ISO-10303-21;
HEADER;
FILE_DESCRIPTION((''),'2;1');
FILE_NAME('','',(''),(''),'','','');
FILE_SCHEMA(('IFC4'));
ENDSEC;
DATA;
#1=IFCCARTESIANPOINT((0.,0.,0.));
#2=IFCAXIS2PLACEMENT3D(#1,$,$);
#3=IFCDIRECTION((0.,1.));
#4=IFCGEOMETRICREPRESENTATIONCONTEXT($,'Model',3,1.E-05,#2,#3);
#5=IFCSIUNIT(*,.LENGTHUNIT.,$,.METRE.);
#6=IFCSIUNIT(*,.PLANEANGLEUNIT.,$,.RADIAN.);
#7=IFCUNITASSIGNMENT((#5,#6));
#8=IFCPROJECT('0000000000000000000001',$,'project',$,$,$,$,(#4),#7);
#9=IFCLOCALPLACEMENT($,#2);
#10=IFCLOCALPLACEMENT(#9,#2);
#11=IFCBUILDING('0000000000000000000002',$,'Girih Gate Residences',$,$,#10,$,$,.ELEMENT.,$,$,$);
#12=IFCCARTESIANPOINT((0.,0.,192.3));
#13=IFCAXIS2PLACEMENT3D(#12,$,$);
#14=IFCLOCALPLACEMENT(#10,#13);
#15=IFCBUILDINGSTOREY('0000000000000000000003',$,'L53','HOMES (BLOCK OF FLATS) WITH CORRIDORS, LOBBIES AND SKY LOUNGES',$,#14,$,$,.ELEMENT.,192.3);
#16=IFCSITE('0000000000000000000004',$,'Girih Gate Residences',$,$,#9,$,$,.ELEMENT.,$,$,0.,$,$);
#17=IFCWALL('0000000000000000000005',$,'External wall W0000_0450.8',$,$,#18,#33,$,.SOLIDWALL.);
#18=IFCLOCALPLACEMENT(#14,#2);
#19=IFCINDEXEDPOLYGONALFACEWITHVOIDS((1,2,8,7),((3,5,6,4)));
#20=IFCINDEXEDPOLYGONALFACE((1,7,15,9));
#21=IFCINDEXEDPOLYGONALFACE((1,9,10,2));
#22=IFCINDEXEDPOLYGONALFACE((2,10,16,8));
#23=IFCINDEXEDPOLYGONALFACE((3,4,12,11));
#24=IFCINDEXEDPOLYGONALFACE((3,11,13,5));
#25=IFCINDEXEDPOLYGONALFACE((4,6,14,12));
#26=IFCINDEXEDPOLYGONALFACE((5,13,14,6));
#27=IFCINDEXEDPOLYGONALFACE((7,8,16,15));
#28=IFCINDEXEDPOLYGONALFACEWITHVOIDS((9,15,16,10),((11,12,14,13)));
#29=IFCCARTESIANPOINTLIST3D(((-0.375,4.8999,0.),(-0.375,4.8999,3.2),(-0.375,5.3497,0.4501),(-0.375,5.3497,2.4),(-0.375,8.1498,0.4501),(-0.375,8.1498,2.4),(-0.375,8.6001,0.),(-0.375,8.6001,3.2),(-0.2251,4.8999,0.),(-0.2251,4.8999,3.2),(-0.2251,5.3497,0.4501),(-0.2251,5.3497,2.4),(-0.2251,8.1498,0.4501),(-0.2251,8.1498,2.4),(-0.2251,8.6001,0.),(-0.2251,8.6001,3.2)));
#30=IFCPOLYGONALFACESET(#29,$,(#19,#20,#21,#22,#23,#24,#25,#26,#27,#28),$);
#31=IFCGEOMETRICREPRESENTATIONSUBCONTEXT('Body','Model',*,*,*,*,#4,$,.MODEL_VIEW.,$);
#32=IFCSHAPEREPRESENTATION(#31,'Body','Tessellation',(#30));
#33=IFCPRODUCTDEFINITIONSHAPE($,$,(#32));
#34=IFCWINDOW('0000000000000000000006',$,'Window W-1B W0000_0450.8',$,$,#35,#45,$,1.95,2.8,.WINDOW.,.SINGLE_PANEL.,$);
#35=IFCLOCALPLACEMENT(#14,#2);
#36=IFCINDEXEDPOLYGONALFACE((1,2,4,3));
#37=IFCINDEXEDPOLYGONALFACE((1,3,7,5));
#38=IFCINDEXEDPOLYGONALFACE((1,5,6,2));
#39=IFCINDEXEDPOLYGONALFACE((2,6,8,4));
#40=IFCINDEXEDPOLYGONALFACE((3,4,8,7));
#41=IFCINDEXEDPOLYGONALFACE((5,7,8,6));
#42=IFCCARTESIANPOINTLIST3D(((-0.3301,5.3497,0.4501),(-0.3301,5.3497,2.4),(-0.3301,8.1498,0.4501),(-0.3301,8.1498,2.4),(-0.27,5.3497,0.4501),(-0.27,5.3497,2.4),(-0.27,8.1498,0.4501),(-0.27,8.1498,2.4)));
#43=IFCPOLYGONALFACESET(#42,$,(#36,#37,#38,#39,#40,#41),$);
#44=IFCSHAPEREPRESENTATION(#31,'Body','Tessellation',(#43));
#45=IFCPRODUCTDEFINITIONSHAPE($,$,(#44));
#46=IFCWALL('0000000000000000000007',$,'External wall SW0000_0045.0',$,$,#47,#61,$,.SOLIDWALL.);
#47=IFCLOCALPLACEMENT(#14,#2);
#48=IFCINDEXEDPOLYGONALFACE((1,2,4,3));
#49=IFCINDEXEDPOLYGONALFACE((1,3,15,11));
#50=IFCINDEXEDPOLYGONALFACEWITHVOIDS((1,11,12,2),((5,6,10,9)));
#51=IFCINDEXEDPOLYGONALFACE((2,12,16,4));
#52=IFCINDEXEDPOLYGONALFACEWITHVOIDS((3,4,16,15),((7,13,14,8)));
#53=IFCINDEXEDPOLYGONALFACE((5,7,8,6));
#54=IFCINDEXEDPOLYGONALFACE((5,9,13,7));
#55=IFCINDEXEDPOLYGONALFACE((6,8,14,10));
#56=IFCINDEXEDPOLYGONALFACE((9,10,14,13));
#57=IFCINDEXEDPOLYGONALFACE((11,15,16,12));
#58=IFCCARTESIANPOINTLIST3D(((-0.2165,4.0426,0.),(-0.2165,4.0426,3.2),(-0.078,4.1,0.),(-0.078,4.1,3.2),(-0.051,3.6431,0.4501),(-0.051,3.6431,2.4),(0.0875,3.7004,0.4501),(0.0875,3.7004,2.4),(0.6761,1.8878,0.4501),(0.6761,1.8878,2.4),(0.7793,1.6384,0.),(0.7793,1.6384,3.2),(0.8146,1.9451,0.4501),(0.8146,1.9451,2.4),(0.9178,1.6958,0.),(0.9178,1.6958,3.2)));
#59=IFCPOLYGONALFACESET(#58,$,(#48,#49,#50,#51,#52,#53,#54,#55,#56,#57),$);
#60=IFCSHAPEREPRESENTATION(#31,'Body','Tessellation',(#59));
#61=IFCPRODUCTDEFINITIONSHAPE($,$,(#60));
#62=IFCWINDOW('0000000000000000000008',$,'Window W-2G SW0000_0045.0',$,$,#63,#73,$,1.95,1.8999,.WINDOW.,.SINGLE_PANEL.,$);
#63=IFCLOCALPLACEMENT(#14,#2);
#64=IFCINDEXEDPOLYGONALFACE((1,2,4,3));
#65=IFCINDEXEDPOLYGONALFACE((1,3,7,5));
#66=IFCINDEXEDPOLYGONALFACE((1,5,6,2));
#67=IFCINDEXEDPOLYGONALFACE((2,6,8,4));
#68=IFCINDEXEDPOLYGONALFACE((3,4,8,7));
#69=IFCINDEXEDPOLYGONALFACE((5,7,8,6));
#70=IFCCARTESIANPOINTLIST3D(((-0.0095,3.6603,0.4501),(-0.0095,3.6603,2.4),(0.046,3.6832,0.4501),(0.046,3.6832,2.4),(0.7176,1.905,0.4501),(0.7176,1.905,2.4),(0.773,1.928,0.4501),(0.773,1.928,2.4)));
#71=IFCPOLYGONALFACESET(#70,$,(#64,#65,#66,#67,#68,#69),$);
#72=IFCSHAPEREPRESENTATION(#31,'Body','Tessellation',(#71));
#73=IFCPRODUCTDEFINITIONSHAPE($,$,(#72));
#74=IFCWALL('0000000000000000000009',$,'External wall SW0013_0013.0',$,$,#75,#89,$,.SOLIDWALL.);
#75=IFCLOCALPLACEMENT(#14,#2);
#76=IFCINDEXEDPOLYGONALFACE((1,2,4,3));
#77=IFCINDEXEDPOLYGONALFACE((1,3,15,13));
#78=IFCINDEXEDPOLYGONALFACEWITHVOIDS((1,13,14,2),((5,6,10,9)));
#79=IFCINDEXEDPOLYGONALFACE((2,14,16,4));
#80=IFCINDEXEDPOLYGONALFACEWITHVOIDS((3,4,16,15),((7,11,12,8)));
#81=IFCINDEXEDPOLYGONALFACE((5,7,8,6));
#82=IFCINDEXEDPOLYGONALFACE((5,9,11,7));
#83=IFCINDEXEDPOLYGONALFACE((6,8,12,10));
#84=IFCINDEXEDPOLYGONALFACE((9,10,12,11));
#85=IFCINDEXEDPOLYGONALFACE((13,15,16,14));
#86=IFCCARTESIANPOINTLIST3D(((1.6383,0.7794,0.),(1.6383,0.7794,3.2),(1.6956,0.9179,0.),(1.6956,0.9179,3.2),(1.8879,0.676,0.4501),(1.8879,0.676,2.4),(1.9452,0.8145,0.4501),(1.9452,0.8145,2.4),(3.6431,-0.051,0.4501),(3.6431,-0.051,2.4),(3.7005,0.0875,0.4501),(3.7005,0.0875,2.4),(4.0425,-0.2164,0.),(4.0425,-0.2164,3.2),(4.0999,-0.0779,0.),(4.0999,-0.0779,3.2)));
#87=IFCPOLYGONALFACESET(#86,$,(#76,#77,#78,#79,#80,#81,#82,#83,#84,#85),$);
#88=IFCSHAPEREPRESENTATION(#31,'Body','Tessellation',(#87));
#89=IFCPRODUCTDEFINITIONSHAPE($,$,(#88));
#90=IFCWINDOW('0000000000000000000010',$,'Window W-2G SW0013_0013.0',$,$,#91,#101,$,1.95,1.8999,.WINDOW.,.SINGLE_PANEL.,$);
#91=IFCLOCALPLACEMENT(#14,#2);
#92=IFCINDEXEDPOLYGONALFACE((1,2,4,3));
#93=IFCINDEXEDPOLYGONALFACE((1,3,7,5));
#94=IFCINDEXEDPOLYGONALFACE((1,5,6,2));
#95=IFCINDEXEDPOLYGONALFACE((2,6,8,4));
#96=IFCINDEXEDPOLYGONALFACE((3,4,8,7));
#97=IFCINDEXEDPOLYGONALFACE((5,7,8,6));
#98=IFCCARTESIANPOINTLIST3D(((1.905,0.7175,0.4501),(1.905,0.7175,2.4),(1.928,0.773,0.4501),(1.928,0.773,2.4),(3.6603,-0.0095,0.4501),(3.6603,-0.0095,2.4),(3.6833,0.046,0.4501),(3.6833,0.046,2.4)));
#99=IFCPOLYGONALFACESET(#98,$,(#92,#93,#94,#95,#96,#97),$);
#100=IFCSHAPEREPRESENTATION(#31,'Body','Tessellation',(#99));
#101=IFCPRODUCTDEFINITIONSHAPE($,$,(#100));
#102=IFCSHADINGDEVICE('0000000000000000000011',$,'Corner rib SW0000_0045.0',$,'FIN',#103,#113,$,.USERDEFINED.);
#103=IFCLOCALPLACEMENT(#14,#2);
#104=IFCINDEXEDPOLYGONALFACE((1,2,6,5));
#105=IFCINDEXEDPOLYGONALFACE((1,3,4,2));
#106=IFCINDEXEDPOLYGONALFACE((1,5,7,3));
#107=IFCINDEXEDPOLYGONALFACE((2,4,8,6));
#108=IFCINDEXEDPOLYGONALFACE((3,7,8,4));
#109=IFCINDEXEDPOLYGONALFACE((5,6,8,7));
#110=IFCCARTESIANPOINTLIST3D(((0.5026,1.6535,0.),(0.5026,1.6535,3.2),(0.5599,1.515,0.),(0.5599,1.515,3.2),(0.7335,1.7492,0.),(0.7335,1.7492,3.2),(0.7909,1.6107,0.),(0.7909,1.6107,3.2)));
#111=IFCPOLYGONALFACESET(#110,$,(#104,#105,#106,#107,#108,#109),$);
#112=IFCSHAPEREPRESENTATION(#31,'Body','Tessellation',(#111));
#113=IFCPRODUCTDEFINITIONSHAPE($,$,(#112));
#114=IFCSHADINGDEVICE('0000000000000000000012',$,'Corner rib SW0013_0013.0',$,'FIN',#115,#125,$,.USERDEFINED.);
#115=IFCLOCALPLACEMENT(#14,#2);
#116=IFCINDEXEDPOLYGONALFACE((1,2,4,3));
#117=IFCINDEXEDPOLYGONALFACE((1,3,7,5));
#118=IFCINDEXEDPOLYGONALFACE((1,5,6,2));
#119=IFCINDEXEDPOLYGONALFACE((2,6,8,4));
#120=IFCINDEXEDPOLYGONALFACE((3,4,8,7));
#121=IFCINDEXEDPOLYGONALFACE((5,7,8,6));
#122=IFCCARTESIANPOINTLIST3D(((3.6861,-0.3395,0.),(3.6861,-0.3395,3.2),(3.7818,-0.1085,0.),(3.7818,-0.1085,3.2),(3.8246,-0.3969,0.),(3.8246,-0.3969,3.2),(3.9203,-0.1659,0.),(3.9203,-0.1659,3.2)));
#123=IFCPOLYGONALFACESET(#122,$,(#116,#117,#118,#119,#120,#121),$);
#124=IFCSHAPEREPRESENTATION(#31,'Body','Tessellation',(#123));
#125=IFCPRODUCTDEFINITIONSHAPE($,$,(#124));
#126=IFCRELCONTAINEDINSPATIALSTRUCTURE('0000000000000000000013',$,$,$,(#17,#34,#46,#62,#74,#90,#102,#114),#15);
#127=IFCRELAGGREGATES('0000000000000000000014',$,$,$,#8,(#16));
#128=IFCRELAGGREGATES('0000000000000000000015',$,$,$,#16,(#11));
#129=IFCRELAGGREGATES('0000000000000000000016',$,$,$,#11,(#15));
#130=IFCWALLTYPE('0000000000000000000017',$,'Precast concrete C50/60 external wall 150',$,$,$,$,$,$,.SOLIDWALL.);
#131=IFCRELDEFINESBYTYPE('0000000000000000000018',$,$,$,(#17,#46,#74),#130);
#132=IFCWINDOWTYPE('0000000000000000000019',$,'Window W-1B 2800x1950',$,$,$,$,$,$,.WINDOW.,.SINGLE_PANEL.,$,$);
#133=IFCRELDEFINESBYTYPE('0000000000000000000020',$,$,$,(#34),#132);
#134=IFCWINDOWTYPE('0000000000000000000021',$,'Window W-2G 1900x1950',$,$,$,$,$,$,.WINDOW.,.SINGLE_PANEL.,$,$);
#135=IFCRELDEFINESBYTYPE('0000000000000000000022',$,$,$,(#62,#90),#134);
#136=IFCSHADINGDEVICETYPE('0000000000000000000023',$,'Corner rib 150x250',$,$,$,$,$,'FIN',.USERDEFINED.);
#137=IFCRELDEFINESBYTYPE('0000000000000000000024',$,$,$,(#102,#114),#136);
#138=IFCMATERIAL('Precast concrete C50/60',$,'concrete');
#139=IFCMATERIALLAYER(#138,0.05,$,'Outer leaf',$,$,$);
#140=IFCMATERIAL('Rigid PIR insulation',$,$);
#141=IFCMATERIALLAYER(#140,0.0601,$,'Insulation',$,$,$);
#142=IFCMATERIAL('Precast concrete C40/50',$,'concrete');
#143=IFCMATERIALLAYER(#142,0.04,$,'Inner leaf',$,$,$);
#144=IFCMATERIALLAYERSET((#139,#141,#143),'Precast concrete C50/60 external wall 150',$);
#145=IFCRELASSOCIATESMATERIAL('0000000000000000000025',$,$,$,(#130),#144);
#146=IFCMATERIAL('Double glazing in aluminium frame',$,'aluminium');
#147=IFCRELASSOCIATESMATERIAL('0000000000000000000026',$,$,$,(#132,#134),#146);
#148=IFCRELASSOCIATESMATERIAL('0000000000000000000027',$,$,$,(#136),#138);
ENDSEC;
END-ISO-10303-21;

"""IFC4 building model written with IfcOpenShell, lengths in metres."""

from ifc_helpers import new_model, si_unit, direction, frame, frame_2d, origin, origin_2d, place, context, subcontext, project, spatial, rectangle, extrude, material, layer, layer_set, type_object, element, fill, save


model = new_model("IFC4")

# Units and contexts
model_context = context("Model", 3, precision=1e-05, world=origin(), true_north=direction((0.0, 1.0)))
body_context = subcontext(model_context, "Body", "Model", "MODEL_VIEW")
ifc_project = project(units=[si_unit("LENGTHUNIT", "METRE"), si_unit("PLANEANGLEUNIT", "RADIAN")], contexts=[model_context])

# Site, building, storey
site_placement = place(None, origin())
site = spatial("IfcSite", under=ifc_project, at=site_placement, Name="Girih Gate Residences", CompositionType="ELEMENT", RefElevation=0.0)
building_placement = place(site_placement, origin())
building = spatial("IfcBuilding", under=site, at=building_placement, Name="Girih Gate Residences", CompositionType="ELEMENT")
storey_placement = place(building_placement, frame((0.0, 0.0, 192.3)))
storey = spatial("IfcBuildingStorey", under=building, at=storey_placement, Name="L53", Description="HOMES (BLOCK OF FLATS) WITH CORRIDORS, LOBBIES AND SKY LOUNGES", CompositionType="ELEMENT", Elevation=192.3)

# Walls, openings, windows
ifc_material_1 = material(Name="Precast concrete C50/60", Category="concrete")
ifc_layer_1 = layer(ifc_material_1, 0.05, Name="Outer leaf")
ifc_material_2 = material(Name="Rigid PIR insulation")
ifc_layer_2 = layer(ifc_material_2, 0.0601, Name="Insulation")
ifc_material_3 = material(Name="Precast concrete C40/50", Category="concrete")
ifc_layer_3 = layer(ifc_material_3, 0.04, Name="Inner leaf")
ifc_layer_set_1 = layer_set([ifc_layer_1, ifc_layer_2, ifc_layer_3], Name="Precast concrete C50/60 external wall 150")
wall_type = type_object("IfcWallType", Name="Precast concrete C50/60 external wall 150", PredefinedType="SOLIDWALL", material=ifc_layer_set_1)
wall_1_placement = place(storey_placement, frame((-0.3, 4.8999, 0.0), z_axis=(0.0, 0.0, 1.0), x_axis=(0.0, 1.0, 0.0)))
wall_1 = element("IfcWall", 1, at=wall_1_placement, inside=storey, type_object=wall_type, Name="External wall W0000_0450.8", PredefinedType="SOLIDWALL", context=body_context, shape_type="SweptSolid", body=[
    extrude(rectangle(XDim=3.7002, YDim=0.1499, at=frame_2d((1.8501, 0.0))), origin(), (0.0, 0.0, 1.0), 3.2),
])
opening_1_placement = place(wall_1_placement, frame((0.45, 0.0, 0.45)))
opening_1 = element("IfcOpeningElement", 2, at=opening_1_placement, cuts=wall_1, PredefinedType="OPENING", context=body_context, shape_type="SweptSolid", body=[
    extrude(rectangle(XDim=2.8, YDim=1.95, at=frame_2d((1.3999, 0.9751))), frame((0.0, 0.085, 0.0), z_axis=(0.0, -1.0, 0.0), x_axis=(1.0, 0.0, 0.0)), (0.0, 0.0, 1.0), 0.1699),
])
ifc_material_4 = material(Name="Double glazing in aluminium frame", Category="aluminium")
window_type_1 = type_object("IfcWindowType", Name="Window W-1B 2800x1950", PartitioningType="SINGLE_PANEL", PredefinedType="WINDOW", material=ifc_material_4)
window_1_placement = place(opening_1_placement, origin())
window_1 = element("IfcWindow", 3, at=window_1_placement, inside=storey, type_object=window_type_1, Name="Window W-1B W0000_0450.8", OverallHeight=1.95, OverallWidth=2.8, PartitioningType="SINGLE_PANEL", PredefinedType="WINDOW", context=body_context, shape_type="SweptSolid", body=[
    extrude(rectangle(XDim=2.8, YDim=1.95, at=frame_2d((1.3999, 0.9751))), frame((0.0, 0.03, 0.0), z_axis=(0.0, -1.0, 0.0), x_axis=(1.0, 0.0, 0.0)), (0.0, 0.0, 1.0), 0.0601),
])
fill(opening_1, window_1)
wall_2_placement = place(storey_placement, frame((0.8486, 1.667, 0.0), z_axis=(0.0, 0.0, 1.0), x_axis=(-0.382669, 0.923885, 0.0)))
wall_2 = element("IfcWall", 4, at=wall_2_placement, inside=storey, type_object=wall_type, Name="External wall SW0000_0045.0", PredefinedType="SOLIDWALL", context=body_context, shape_type="SweptSolid", body=[
    extrude(rectangle(XDim=2.6023, YDim=0.1499, at=frame_2d((1.3013, 0.0))), origin(), (0.0, 0.0, 1.0), 3.2),
])
opening_2_placement = place(wall_2_placement, frame((0.27, 0.0, 0.45)))
opening_2 = element("IfcOpeningElement", 5, at=opening_2_placement, cuts=wall_2, PredefinedType="OPENING", context=body_context, shape_type="SweptSolid", body=[
    extrude(rectangle(XDim=1.8999, YDim=1.95, at=frame_2d((0.95, 0.9751))), frame((0.0, 0.085, 0.0), z_axis=(0.0, -1.0, 0.0), x_axis=(1.0, 0.0, 0.0)), (0.0, 0.0, 1.0), 0.1699),
])
window_type_2 = type_object("IfcWindowType", Name="Window W-2G 1900x1950", PartitioningType="SINGLE_PANEL", PredefinedType="WINDOW", material=ifc_material_4)
window_2_placement = place(opening_2_placement, origin())
window_2 = element("IfcWindow", 6, at=window_2_placement, inside=storey, type_object=window_type_2, Name="Window W-2G SW0000_0045.0", OverallHeight=1.95, OverallWidth=1.8999, PartitioningType="SINGLE_PANEL", PredefinedType="WINDOW", context=body_context, shape_type="SweptSolid", body=[
    extrude(rectangle(XDim=1.8999, YDim=1.95, at=frame_2d((0.95, 0.9751))), frame((0.0, 0.03, 0.0), z_axis=(0.0, -1.0, 0.0), x_axis=(1.0, 0.0, 0.0)), (0.0, 0.0, 1.0), 0.0601),
])
fill(opening_2, window_2)
wall_3_placement = place(storey_placement, frame((4.0713, -0.1472, 0.0), z_axis=(0.0, 0.0, 1.0), x_axis=(-0.923885, 0.382669, 0.0)))
wall_3 = element("IfcWall", 7, at=wall_3_placement, inside=storey, type_object=wall_type, Name="External wall SW0013_0013.0", PredefinedType="SOLIDWALL", context=body_context, shape_type="SweptSolid", body=[
    extrude(rectangle(XDim=2.6023, YDim=0.1499, at=frame_2d((1.3013, 0.0))), origin(), (0.0, 0.0, 1.0), 3.2),
])
opening_3_placement = place(wall_3_placement, frame((0.4324, 0.0, 0.45)))
opening_3 = element("IfcOpeningElement", 8, at=opening_3_placement, cuts=wall_3, PredefinedType="OPENING", context=body_context, shape_type="SweptSolid", body=[
    extrude(rectangle(XDim=1.8999, YDim=1.95, at=frame_2d((0.95, 0.9751))), frame((0.0, 0.085, 0.0), z_axis=(0.0, -1.0, 0.0), x_axis=(1.0, 0.0, 0.0)), (0.0, 0.0, 1.0), 0.1699),
])
window_3_placement = place(opening_3_placement, origin())
window_3 = element("IfcWindow", 9, at=window_3_placement, inside=storey, type_object=window_type_2, Name="Window W-2G SW0013_0013.0", OverallHeight=1.95, OverallWidth=1.8999, PartitioningType="SINGLE_PANEL", PredefinedType="WINDOW", context=body_context, shape_type="SweptSolid", body=[
    extrude(rectangle(XDim=1.8999, YDim=1.95, at=frame_2d((0.95, 0.9751))), frame((0.0, 0.03, 0.0), z_axis=(0.0, -1.0, 0.0), x_axis=(1.0, 0.0, 0.0)), (0.0, 0.0, 1.0), 0.0601),
])
fill(opening_3, window_3)

# Shading devices
shading_device_type = type_object("IfcShadingDeviceType", Name="Corner rib 150x250", ElementType="FIN", PredefinedType="USERDEFINED", material=ifc_material_1)
for number, where, z_axis, x_axis, name in (
    (10, (0.6467, 1.6321, 0.0), (0.0, 0.0, 1.0), (0.382683, -0.92388, 0.0), "Corner rib SW0000_0045.0"),
    (11, (3.8032, -0.2527, 0.0), (0.0, 0.0, 1.0), (0.92388, -0.382683, 0.0), "Corner rib SW0013_0013.0"),
):
    element("IfcShadingDevice", number, at=place(storey_placement, frame(where, z_axis=z_axis, x_axis=x_axis)), inside=storey, type_object=shading_device_type, Name=name, ObjectType="FIN", PredefinedType="USERDEFINED", context=body_context, shape_type="SweptSolid", body=[
        extrude(rectangle(XDim=0.1499, YDim=0.25, at=origin_2d()), origin(), (0.0, 0.0, 1.0), 3.2),
    ])

save(model, "model.ifc")
